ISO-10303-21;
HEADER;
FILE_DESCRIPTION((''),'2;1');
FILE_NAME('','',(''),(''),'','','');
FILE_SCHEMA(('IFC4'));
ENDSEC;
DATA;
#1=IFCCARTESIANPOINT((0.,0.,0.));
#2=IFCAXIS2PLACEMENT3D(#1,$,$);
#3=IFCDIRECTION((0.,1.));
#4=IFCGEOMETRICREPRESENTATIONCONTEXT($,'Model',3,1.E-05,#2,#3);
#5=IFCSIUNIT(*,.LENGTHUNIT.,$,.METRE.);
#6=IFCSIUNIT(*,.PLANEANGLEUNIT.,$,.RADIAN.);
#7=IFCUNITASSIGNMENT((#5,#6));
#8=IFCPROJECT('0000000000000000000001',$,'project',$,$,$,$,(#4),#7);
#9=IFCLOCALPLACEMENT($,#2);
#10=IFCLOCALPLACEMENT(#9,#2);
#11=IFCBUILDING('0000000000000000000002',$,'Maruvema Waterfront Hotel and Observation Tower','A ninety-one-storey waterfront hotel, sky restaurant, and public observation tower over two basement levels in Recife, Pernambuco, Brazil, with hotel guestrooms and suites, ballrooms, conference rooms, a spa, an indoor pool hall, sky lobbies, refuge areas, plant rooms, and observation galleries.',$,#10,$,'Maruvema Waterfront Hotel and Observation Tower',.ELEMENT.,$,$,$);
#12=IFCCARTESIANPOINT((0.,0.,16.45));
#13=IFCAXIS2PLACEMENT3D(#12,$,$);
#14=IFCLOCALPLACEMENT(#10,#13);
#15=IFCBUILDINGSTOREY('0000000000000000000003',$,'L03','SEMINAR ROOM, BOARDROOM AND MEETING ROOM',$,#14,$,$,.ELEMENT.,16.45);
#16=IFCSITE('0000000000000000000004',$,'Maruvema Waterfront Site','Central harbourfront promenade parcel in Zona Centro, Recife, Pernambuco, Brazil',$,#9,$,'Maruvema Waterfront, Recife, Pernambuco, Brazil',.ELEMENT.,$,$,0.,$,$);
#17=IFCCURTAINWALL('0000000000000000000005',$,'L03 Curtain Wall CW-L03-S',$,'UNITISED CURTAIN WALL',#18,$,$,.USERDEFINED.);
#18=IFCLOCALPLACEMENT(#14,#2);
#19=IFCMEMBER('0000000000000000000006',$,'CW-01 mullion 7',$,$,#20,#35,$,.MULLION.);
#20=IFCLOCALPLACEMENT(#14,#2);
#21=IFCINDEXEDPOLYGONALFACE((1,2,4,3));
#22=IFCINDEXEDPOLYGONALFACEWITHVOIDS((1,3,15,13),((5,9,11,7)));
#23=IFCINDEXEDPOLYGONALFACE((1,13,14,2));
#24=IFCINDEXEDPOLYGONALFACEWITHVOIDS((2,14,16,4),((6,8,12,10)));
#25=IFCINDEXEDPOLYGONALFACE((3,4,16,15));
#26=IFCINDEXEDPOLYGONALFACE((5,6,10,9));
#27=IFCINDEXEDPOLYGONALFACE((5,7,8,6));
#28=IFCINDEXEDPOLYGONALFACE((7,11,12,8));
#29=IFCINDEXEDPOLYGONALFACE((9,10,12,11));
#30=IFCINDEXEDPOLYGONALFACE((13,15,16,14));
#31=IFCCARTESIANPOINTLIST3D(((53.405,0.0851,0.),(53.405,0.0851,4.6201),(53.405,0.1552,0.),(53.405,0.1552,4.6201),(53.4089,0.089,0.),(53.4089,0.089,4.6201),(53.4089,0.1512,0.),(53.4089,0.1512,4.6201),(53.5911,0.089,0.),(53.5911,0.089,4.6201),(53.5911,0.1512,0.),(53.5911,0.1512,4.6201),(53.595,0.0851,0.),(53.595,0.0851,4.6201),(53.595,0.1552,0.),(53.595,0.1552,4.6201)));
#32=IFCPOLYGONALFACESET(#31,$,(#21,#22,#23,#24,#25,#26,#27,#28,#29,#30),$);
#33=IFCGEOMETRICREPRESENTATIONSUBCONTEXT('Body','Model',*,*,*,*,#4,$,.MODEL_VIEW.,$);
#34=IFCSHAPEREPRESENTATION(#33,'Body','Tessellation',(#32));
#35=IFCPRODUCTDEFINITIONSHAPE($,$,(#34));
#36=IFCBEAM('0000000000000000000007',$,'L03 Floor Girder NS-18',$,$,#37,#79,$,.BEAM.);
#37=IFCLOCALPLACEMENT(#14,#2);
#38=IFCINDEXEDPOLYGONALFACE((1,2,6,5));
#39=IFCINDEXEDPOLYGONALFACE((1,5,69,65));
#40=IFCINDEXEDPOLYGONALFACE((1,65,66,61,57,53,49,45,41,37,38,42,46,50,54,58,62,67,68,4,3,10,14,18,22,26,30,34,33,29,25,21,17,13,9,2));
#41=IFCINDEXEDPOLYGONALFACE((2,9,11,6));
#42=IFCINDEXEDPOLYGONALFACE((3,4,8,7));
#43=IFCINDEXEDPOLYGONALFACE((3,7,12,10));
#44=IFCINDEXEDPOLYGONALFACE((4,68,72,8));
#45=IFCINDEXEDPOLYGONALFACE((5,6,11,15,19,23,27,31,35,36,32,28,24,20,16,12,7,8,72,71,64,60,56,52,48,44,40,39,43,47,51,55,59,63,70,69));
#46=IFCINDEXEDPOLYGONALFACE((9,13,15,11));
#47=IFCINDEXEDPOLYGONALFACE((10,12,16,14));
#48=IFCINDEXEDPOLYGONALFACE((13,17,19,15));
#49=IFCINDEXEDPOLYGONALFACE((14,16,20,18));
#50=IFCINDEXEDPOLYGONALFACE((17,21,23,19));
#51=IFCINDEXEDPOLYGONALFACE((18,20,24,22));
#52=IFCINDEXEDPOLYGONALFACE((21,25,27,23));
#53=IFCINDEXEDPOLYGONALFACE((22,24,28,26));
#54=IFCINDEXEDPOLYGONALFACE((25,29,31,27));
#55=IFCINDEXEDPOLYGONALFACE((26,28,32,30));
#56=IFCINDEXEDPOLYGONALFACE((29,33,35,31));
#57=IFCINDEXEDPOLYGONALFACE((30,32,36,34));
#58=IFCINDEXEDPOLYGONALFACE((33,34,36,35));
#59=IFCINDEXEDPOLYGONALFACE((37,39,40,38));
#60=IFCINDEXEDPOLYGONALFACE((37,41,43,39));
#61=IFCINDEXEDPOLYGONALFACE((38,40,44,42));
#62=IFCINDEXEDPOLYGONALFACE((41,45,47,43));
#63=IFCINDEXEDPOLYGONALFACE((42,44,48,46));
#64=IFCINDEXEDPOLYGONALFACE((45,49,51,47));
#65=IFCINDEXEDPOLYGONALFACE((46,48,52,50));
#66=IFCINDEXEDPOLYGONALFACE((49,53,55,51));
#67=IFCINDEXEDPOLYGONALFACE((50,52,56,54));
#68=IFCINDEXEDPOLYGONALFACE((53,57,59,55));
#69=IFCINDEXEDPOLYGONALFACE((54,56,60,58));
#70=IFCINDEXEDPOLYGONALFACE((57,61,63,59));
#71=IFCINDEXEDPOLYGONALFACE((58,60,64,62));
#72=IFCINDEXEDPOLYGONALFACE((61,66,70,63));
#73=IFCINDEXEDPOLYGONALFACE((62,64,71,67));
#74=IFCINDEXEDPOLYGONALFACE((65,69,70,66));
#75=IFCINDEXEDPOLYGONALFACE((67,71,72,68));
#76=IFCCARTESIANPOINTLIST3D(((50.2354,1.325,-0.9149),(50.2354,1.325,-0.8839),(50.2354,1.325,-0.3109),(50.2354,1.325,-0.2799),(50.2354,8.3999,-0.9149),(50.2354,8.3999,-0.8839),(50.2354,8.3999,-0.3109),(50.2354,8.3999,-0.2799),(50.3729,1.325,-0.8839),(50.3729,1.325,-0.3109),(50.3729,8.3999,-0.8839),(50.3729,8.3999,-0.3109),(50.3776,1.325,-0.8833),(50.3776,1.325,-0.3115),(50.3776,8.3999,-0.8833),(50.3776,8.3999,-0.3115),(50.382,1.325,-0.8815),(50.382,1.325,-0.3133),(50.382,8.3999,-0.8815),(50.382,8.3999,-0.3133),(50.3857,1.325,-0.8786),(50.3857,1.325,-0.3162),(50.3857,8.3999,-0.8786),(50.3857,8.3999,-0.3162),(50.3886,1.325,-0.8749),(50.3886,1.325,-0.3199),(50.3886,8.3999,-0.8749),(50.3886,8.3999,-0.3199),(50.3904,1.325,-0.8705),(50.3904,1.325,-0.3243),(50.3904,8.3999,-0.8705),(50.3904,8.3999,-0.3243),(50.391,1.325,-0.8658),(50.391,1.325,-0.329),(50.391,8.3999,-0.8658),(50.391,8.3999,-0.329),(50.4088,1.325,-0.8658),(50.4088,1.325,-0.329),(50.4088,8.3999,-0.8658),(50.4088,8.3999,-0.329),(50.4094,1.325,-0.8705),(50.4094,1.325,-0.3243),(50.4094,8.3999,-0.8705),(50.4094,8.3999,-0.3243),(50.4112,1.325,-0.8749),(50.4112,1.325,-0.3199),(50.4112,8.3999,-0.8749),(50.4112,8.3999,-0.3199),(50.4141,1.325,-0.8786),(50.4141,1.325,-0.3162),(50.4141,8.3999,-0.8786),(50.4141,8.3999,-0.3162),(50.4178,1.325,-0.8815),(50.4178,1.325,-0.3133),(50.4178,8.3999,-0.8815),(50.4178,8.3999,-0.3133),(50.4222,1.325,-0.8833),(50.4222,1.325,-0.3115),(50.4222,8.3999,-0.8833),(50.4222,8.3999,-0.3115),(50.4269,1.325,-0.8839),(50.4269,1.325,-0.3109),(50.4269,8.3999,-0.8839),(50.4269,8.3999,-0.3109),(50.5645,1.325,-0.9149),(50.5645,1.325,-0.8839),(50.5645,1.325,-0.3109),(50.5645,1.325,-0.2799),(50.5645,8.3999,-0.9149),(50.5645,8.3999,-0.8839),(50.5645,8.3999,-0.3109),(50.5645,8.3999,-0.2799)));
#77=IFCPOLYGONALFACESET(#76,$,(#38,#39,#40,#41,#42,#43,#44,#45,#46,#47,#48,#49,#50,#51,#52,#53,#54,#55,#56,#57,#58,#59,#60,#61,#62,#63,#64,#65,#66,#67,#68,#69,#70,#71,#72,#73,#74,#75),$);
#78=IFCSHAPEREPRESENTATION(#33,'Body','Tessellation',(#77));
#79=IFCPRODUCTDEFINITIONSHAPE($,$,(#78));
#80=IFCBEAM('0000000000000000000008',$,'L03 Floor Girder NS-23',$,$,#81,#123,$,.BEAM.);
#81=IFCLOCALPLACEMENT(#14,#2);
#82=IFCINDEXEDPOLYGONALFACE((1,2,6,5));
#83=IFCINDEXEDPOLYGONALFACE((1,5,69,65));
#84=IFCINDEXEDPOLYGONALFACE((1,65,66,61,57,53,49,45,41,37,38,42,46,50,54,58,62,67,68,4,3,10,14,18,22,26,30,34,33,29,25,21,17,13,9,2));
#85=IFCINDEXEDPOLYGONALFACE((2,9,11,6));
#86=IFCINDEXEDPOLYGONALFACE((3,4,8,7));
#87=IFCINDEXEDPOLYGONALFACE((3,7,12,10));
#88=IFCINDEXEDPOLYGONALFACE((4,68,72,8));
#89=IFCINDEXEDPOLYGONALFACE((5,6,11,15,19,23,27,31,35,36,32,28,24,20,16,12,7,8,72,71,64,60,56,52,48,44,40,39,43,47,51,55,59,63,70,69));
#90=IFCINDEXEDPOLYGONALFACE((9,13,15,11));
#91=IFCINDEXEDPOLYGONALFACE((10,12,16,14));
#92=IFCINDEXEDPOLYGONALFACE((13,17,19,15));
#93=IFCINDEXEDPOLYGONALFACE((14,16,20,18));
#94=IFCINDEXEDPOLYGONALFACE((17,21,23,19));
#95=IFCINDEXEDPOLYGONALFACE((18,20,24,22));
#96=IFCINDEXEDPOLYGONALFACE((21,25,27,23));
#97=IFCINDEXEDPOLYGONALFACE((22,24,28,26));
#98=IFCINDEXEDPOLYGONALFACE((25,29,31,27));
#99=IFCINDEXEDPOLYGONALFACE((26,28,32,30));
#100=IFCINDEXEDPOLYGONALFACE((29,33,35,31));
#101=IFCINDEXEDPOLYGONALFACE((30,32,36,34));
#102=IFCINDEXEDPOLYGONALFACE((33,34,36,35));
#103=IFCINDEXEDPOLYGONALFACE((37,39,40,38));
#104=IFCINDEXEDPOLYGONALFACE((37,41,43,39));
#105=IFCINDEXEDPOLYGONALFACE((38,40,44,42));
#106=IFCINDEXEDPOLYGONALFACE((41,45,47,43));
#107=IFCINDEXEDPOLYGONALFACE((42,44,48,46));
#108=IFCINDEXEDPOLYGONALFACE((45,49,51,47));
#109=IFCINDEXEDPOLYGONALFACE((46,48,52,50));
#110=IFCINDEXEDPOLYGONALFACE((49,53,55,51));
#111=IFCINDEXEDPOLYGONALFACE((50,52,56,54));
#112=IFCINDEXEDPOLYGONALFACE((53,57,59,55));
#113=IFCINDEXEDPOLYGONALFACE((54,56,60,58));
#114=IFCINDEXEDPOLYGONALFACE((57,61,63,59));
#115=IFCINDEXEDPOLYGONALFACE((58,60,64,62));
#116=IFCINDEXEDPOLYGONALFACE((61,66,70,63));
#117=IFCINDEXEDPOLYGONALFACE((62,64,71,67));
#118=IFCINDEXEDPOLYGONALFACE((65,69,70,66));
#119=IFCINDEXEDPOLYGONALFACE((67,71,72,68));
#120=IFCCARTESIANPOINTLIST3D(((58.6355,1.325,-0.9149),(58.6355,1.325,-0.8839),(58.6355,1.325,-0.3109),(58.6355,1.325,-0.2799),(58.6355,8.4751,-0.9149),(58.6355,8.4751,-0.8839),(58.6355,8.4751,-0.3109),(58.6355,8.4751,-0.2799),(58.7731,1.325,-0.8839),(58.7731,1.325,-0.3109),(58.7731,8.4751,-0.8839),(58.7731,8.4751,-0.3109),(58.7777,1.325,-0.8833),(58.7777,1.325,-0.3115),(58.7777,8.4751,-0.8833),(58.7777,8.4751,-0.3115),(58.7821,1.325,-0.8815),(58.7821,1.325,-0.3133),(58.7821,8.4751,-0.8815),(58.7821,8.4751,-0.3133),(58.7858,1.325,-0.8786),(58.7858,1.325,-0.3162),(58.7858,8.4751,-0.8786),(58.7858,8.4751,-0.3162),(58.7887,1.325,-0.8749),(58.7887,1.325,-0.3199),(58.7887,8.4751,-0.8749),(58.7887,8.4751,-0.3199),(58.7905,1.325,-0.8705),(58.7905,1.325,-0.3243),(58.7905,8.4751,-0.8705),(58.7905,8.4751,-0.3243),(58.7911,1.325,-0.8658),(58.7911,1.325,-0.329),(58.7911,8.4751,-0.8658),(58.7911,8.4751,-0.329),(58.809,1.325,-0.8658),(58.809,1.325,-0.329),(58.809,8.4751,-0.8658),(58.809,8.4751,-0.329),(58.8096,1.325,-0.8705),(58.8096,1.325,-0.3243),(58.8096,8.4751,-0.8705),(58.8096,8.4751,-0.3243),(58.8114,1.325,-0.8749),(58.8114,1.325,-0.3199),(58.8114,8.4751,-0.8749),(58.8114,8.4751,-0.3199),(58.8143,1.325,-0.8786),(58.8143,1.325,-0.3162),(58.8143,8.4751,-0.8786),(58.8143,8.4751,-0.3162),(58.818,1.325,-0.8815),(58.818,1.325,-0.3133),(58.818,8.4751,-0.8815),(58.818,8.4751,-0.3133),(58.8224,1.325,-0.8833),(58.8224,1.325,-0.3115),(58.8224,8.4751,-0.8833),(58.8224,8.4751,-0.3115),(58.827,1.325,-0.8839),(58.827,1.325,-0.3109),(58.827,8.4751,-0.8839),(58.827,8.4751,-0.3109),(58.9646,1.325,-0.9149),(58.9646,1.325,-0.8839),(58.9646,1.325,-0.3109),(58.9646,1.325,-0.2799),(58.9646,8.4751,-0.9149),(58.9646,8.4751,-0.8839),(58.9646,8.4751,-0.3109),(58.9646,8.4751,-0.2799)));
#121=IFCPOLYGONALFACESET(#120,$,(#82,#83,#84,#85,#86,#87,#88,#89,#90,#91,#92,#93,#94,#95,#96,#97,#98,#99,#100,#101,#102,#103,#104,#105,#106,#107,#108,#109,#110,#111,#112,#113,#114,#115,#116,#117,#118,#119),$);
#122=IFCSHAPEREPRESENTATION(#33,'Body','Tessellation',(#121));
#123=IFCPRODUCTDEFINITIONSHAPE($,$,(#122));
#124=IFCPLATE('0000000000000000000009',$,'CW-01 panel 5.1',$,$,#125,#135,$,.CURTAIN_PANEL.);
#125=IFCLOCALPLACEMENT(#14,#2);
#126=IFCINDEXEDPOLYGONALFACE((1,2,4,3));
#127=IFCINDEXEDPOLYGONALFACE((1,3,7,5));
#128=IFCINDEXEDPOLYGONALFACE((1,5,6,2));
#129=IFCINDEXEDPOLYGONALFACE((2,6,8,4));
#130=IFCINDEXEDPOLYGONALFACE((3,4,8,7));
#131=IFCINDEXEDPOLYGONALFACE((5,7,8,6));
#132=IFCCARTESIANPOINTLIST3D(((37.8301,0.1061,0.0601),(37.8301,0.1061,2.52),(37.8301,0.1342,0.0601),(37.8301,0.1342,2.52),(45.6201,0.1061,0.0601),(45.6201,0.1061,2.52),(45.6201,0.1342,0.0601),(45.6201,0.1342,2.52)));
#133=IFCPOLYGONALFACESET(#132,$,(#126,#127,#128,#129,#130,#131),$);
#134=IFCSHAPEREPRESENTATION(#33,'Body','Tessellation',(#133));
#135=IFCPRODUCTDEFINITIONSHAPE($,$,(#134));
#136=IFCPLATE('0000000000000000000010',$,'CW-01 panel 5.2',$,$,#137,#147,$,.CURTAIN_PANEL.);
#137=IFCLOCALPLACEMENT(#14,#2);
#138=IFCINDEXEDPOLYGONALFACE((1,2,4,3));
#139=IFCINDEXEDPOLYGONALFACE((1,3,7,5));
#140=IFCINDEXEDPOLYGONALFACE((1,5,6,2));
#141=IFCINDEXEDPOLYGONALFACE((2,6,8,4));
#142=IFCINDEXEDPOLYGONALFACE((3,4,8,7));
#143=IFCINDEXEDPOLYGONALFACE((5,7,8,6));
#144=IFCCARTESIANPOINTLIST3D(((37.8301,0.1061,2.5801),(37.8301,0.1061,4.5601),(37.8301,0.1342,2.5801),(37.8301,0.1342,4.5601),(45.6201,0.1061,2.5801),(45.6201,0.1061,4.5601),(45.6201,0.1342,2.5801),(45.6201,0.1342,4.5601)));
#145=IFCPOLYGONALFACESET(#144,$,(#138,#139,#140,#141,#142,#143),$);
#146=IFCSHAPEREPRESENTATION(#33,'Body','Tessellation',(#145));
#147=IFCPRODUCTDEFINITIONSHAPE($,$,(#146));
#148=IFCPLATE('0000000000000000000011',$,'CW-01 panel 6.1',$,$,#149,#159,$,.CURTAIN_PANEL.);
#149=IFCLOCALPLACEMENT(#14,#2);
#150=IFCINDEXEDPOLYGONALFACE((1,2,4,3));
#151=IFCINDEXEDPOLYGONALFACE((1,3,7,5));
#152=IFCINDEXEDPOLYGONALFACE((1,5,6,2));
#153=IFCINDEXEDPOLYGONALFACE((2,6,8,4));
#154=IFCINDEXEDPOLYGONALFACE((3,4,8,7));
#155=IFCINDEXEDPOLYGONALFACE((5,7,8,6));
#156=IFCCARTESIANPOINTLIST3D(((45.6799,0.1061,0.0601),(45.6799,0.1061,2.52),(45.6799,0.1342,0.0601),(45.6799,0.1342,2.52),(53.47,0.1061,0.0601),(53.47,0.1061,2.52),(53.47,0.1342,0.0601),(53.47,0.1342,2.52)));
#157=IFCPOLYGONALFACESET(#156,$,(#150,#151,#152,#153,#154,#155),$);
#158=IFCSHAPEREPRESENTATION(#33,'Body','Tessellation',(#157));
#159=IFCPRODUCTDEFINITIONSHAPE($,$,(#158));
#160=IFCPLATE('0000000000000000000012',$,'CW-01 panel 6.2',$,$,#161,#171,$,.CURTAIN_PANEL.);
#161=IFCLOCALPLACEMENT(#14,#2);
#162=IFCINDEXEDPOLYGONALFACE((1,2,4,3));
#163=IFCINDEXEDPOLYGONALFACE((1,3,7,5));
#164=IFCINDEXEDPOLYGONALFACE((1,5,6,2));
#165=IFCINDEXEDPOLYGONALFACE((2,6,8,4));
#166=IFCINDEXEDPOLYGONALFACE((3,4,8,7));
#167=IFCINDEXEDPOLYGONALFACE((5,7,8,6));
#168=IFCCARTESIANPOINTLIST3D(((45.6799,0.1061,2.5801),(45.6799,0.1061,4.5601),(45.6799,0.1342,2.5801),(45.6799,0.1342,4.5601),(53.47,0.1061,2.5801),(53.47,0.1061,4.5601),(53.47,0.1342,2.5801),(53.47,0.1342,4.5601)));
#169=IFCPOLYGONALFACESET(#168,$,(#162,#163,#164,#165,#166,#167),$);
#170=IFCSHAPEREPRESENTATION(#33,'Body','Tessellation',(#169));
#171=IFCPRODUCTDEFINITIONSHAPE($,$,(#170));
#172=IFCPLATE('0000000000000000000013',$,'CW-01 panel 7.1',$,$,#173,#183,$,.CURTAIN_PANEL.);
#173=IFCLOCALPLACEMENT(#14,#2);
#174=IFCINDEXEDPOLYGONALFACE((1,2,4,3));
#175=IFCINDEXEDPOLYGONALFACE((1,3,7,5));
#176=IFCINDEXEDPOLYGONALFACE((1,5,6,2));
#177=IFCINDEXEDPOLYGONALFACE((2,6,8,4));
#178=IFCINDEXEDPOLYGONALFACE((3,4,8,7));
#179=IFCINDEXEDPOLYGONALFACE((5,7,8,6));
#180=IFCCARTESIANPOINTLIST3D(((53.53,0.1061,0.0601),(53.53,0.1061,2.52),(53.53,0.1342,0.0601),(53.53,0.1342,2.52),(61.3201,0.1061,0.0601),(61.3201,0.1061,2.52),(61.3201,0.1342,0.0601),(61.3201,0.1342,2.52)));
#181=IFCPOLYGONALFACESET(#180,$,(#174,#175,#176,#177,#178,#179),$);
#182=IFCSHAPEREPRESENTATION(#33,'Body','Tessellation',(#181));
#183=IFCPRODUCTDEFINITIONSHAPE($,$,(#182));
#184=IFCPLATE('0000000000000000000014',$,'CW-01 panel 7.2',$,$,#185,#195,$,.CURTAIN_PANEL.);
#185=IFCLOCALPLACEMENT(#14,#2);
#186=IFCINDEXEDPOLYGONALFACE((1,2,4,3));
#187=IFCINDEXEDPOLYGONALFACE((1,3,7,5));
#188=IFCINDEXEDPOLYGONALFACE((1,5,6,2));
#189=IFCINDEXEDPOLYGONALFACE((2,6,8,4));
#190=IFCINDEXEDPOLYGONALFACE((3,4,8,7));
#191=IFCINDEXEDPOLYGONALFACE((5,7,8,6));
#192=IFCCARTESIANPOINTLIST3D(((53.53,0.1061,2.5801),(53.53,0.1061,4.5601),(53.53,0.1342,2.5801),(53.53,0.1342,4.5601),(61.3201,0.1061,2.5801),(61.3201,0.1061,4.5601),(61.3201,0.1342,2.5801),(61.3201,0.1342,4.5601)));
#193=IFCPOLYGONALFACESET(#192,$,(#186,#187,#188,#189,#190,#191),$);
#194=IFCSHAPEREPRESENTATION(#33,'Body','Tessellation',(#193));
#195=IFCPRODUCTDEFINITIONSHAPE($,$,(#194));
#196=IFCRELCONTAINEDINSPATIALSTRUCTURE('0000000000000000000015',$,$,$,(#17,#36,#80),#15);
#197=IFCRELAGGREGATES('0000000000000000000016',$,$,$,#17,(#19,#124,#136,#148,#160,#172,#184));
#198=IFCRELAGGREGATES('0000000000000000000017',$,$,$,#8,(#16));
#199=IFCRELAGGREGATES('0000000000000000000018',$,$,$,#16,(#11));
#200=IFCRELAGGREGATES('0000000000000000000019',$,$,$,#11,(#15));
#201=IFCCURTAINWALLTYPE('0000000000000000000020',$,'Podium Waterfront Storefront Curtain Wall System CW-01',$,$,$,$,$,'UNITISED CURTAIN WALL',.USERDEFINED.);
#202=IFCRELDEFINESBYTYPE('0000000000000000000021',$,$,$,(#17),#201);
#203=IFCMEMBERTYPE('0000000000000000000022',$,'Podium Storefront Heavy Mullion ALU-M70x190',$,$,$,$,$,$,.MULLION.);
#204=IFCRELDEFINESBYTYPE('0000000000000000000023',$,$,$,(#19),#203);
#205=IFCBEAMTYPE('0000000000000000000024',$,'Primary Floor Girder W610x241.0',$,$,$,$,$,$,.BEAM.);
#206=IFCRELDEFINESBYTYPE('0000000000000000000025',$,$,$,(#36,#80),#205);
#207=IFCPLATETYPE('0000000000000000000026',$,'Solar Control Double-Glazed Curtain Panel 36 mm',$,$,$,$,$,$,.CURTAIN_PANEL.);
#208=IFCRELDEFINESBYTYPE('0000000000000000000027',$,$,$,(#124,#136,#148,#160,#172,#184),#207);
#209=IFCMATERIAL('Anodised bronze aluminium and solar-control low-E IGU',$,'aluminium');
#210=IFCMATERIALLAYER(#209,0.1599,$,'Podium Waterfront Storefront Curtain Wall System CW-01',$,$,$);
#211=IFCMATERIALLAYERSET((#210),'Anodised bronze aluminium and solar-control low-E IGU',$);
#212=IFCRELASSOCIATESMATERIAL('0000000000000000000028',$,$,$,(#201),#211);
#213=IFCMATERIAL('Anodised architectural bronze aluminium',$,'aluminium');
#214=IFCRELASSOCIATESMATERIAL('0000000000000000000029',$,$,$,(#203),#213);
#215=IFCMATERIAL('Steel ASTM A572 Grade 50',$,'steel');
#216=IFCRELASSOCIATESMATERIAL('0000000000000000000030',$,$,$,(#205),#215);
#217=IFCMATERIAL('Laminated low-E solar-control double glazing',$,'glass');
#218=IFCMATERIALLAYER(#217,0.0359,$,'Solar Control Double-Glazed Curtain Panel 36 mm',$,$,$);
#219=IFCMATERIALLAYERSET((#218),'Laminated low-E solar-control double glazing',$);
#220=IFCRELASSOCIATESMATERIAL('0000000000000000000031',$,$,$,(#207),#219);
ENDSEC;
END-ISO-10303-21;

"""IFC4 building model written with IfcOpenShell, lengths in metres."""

from ifc_helpers import new_model, si_unit, direction, frame, origin, origin_2d, place, context, subcontext, project, spatial, rectangle, hollow_rectangle, i_section, extrude, material, layer, layer_set, material_profile, profile_set, type_object, element, aggregate, save


model = new_model("IFC4")

# Units and contexts
model_context = context("Model", 3, precision=1e-05, world=origin(), true_north=direction((0.0, 1.0)))
body_context = subcontext(model_context, "Body", "Model", "MODEL_VIEW")
ifc_project = project(units=[si_unit("LENGTHUNIT", "METRE"), si_unit("PLANEANGLEUNIT", "RADIAN")], contexts=[model_context])

# Site, building, storey
site_placement = place(None, origin())
site = spatial("IfcSite", under=ifc_project, at=site_placement, Name="Maruvema Waterfront Site", Description="Central harbourfront promenade parcel in Zona Centro, Recife, Pernambuco, Brazil", LongName="Maruvema Waterfront, Recife, Pernambuco, Brazil", CompositionType="ELEMENT", RefElevation=0.0)
building_placement = place(site_placement, origin())
building = spatial("IfcBuilding", under=site, at=building_placement, Name="Maruvema Waterfront Hotel and Observation Tower", Description="A ninety-one-storey waterfront hotel, sky restaurant, and public observation tower over two basement levels in Recife, Pernambuco, Brazil, with hotel guestrooms and suites, ballrooms, conference rooms, a spa, an indoor pool hall, sky lobbies, refuge areas, plant rooms, and observation galleries.", LongName="Maruvema Waterfront Hotel and Observation Tower", CompositionType="ELEMENT")
storey_placement = place(building_placement, frame((0.0, 0.0, 16.45)))
storey = spatial("IfcBuildingStorey", under=building, at=storey_placement, Name="L03", Description="SEMINAR ROOM, BOARDROOM AND MEETING ROOM", CompositionType="ELEMENT", Elevation=16.45)

# Curtain wall
ifc_material_1 = material(Name="Anodised bronze aluminium and solar-control low-E IGU", Category="aluminium")
ifc_layer_1 = layer(ifc_material_1, 0.1599, Name="Podium Waterfront Storefront Curtain Wall System CW-01")
ifc_layer_set_1 = layer_set([ifc_layer_1], Name="Anodised bronze aluminium and solar-control low-E IGU")
curtain_wall_type = type_object("IfcCurtainWallType", Name="Podium Waterfront Storefront Curtain Wall System CW-01", ElementType="UNITISED CURTAIN WALL", PredefinedType="USERDEFINED", material=ifc_layer_set_1)
curtain_wall_placement = place(storey_placement, origin())
curtain_wall = element("IfcCurtainWall", 1, at=curtain_wall_placement, inside=storey, type_object=curtain_wall_type, Name="L03 Curtain Wall CW-L03-S", ObjectType="UNITISED CURTAIN WALL", PredefinedType="USERDEFINED")

# Member
ifc_material_2 = material(Name="Anodised architectural bronze aluminium", Category="aluminium")
ifc_material_profile_1 = material_profile(ifc_material_2, hollow_rectangle(XDim=0.0701, YDim=0.1899, WallThickness=0.0039, at=origin_2d()), Name="ALU-M70x190")
ifc_profile_set_1 = profile_set([ifc_material_profile_1], Name="Anodised architectural bronze aluminium")
member_type_1 = type_object("IfcMemberType", Name="Podium Storefront Heavy Mullion ALU-M70x190", PredefinedType="MULLION", material=ifc_profile_set_1)
member_1_placement = place(storey_placement, frame((53.5, 0.1201, 0.0), z_axis=(0.0, 0.0, 1.0), x_axis=(0.0, 1.0, 0.0)))
member_1 = element("IfcMember", 2, at=member_1_placement, type_object=member_type_1, Name="CW-01 mullion 7", PredefinedType="MULLION", context=body_context, shape_type="SweptSolid", body=[
    extrude(hollow_rectangle(XDim=0.0701, YDim=0.1899, WallThickness=0.0039, at=origin_2d()), origin(), (0.0, 0.0, 1.0), 4.6201),
])

# Beams
ifc_material_3 = material(Name="Steel ASTM A572 Grade 50", Category="steel")
ifc_material_profile_2 = material_profile(ifc_material_3, i_section(OverallWidth=0.3291, OverallDepth=0.635, WebThickness=0.0178, FlangeThickness=0.031, FilletRadius=0.0181, at=origin_2d()), Name="W610x241.0")
ifc_profile_set_2 = profile_set([ifc_material_profile_2], Name="Steel ASTM A572 Grade 50")
beam_type_1 = type_object("IfcBeamType", Name="Primary Floor Girder W610x241.0", PredefinedType="BEAM", material=ifc_profile_set_2)
beam_1_placement = place(storey_placement, frame((50.3999, 1.325, -0.5974), z_axis=(0.0, 1.0, 0.0), x_axis=(-1.0, 0.0, 0.0)))
element("IfcBeam", 3, at=beam_1_placement, inside=storey, type_object=beam_type_1, Name="L03 Floor Girder NS-18", PredefinedType="BEAM", context=body_context, shape_type="SweptSolid", body=[
    extrude(i_section(OverallWidth=0.3291, OverallDepth=0.635, WebThickness=0.0178, FlangeThickness=0.031, FilletRadius=0.0181, at=origin_2d()), origin(), (0.0, 0.0, 1.0), 7.075),
])
beam_2_placement = place(storey_placement, frame((58.8, 1.325, -0.5974), z_axis=(0.0, 1.0, 0.0), x_axis=(-1.0, 0.0, 0.0)))
element("IfcBeam", 4, at=beam_2_placement, inside=storey, type_object=beam_type_1, Name="L03 Floor Girder NS-23", PredefinedType="BEAM", context=body_context, shape_type="SweptSolid", body=[
    extrude(i_section(OverallWidth=0.3291, OverallDepth=0.635, WebThickness=0.0178, FlangeThickness=0.031, FilletRadius=0.0181, at=origin_2d()), origin(), (0.0, 0.0, 1.0), 7.1501),
])

# Plates
ifc_material_4 = material(Name="Laminated low-E solar-control double glazing", Category="glass")
ifc_layer_2 = layer(ifc_material_4, 0.0359, Name="Solar Control Double-Glazed Curtain Panel 36 mm")
ifc_layer_set_2 = layer_set([ifc_layer_2], Name="Laminated low-E solar-control double glazing")
plate_type = type_object("IfcPlateType", Name="Solar Control Double-Glazed Curtain Panel 36 mm", PredefinedType="CURTAIN_PANEL", material=ifc_layer_set_2)
plate_1_placement = place(storey_placement, frame((41.7251, 0.1201, 0.0601), z_axis=(0.0, 0.0, 1.0), x_axis=(1.0, 0.0, 0.0)))
plate_1 = element("IfcPlate", 5, at=plate_1_placement, type_object=plate_type, Name="CW-01 panel 5.1", PredefinedType="CURTAIN_PANEL", context=body_context, shape_type="SweptSolid", body=[
    extrude(rectangle(XDim=7.79, YDim=0.0281, at=origin_2d()), origin(), (0.0, 0.0, 1.0), 2.46),
])
plate_2_placement = place(storey_placement, frame((41.7251, 0.1201, 2.5801), z_axis=(0.0, 0.0, 1.0), x_axis=(1.0, 0.0, 0.0)))
plate_2 = element("IfcPlate", 6, at=plate_2_placement, type_object=plate_type, Name="CW-01 panel 5.2", PredefinedType="CURTAIN_PANEL", context=body_context, shape_type="SweptSolid", body=[
    extrude(rectangle(XDim=7.79, YDim=0.0281, at=origin_2d()), origin(), (0.0, 0.0, 1.0), 1.98),
])
plate_3_placement = place(storey_placement, frame((49.575, 0.1201, 0.0601), z_axis=(0.0, 0.0, 1.0), x_axis=(1.0, 0.0, 0.0)))
plate_3 = element("IfcPlate", 7, at=plate_3_placement, type_object=plate_type, Name="CW-01 panel 6.1", PredefinedType="CURTAIN_PANEL", context=body_context, shape_type="SweptSolid", body=[
    extrude(rectangle(XDim=7.79, YDim=0.0281, at=origin_2d()), origin(), (0.0, 0.0, 1.0), 2.46),
])
plate_4_placement = place(storey_placement, frame((49.575, 0.1201, 2.5801), z_axis=(0.0, 0.0, 1.0), x_axis=(1.0, 0.0, 0.0)))
plate_4 = element("IfcPlate", 8, at=plate_4_placement, type_object=plate_type, Name="CW-01 panel 6.2", PredefinedType="CURTAIN_PANEL", context=body_context, shape_type="SweptSolid", body=[
    extrude(rectangle(XDim=7.79, YDim=0.0281, at=origin_2d()), origin(), (0.0, 0.0, 1.0), 1.98),
])
plate_5_placement = place(storey_placement, frame((57.425, 0.1201, 0.0601), z_axis=(0.0, 0.0, 1.0), x_axis=(1.0, 0.0, 0.0)))
plate_5 = element("IfcPlate", 9, at=plate_5_placement, type_object=plate_type, Name="CW-01 panel 7.1", PredefinedType="CURTAIN_PANEL", context=body_context, shape_type="SweptSolid", body=[
    extrude(rectangle(XDim=7.79, YDim=0.0281, at=origin_2d()), origin(), (0.0, 0.0, 1.0), 2.46),
])
plate_6_placement = place(storey_placement, frame((57.425, 0.1201, 2.5801), z_axis=(0.0, 0.0, 1.0), x_axis=(1.0, 0.0, 0.0)))
plate_6 = element("IfcPlate", 10, at=plate_6_placement, type_object=plate_type, Name="CW-01 panel 7.2", PredefinedType="CURTAIN_PANEL", context=body_context, shape_type="SweptSolid", body=[
    extrude(rectangle(XDim=7.79, YDim=0.0281, at=origin_2d()), origin(), (0.0, 0.0, 1.0), 1.98),
])
aggregate(curtain_wall, [member_1, plate_1, plate_2, plate_3, plate_4, plate_5, plate_6])

save(model, "model.ifc")
